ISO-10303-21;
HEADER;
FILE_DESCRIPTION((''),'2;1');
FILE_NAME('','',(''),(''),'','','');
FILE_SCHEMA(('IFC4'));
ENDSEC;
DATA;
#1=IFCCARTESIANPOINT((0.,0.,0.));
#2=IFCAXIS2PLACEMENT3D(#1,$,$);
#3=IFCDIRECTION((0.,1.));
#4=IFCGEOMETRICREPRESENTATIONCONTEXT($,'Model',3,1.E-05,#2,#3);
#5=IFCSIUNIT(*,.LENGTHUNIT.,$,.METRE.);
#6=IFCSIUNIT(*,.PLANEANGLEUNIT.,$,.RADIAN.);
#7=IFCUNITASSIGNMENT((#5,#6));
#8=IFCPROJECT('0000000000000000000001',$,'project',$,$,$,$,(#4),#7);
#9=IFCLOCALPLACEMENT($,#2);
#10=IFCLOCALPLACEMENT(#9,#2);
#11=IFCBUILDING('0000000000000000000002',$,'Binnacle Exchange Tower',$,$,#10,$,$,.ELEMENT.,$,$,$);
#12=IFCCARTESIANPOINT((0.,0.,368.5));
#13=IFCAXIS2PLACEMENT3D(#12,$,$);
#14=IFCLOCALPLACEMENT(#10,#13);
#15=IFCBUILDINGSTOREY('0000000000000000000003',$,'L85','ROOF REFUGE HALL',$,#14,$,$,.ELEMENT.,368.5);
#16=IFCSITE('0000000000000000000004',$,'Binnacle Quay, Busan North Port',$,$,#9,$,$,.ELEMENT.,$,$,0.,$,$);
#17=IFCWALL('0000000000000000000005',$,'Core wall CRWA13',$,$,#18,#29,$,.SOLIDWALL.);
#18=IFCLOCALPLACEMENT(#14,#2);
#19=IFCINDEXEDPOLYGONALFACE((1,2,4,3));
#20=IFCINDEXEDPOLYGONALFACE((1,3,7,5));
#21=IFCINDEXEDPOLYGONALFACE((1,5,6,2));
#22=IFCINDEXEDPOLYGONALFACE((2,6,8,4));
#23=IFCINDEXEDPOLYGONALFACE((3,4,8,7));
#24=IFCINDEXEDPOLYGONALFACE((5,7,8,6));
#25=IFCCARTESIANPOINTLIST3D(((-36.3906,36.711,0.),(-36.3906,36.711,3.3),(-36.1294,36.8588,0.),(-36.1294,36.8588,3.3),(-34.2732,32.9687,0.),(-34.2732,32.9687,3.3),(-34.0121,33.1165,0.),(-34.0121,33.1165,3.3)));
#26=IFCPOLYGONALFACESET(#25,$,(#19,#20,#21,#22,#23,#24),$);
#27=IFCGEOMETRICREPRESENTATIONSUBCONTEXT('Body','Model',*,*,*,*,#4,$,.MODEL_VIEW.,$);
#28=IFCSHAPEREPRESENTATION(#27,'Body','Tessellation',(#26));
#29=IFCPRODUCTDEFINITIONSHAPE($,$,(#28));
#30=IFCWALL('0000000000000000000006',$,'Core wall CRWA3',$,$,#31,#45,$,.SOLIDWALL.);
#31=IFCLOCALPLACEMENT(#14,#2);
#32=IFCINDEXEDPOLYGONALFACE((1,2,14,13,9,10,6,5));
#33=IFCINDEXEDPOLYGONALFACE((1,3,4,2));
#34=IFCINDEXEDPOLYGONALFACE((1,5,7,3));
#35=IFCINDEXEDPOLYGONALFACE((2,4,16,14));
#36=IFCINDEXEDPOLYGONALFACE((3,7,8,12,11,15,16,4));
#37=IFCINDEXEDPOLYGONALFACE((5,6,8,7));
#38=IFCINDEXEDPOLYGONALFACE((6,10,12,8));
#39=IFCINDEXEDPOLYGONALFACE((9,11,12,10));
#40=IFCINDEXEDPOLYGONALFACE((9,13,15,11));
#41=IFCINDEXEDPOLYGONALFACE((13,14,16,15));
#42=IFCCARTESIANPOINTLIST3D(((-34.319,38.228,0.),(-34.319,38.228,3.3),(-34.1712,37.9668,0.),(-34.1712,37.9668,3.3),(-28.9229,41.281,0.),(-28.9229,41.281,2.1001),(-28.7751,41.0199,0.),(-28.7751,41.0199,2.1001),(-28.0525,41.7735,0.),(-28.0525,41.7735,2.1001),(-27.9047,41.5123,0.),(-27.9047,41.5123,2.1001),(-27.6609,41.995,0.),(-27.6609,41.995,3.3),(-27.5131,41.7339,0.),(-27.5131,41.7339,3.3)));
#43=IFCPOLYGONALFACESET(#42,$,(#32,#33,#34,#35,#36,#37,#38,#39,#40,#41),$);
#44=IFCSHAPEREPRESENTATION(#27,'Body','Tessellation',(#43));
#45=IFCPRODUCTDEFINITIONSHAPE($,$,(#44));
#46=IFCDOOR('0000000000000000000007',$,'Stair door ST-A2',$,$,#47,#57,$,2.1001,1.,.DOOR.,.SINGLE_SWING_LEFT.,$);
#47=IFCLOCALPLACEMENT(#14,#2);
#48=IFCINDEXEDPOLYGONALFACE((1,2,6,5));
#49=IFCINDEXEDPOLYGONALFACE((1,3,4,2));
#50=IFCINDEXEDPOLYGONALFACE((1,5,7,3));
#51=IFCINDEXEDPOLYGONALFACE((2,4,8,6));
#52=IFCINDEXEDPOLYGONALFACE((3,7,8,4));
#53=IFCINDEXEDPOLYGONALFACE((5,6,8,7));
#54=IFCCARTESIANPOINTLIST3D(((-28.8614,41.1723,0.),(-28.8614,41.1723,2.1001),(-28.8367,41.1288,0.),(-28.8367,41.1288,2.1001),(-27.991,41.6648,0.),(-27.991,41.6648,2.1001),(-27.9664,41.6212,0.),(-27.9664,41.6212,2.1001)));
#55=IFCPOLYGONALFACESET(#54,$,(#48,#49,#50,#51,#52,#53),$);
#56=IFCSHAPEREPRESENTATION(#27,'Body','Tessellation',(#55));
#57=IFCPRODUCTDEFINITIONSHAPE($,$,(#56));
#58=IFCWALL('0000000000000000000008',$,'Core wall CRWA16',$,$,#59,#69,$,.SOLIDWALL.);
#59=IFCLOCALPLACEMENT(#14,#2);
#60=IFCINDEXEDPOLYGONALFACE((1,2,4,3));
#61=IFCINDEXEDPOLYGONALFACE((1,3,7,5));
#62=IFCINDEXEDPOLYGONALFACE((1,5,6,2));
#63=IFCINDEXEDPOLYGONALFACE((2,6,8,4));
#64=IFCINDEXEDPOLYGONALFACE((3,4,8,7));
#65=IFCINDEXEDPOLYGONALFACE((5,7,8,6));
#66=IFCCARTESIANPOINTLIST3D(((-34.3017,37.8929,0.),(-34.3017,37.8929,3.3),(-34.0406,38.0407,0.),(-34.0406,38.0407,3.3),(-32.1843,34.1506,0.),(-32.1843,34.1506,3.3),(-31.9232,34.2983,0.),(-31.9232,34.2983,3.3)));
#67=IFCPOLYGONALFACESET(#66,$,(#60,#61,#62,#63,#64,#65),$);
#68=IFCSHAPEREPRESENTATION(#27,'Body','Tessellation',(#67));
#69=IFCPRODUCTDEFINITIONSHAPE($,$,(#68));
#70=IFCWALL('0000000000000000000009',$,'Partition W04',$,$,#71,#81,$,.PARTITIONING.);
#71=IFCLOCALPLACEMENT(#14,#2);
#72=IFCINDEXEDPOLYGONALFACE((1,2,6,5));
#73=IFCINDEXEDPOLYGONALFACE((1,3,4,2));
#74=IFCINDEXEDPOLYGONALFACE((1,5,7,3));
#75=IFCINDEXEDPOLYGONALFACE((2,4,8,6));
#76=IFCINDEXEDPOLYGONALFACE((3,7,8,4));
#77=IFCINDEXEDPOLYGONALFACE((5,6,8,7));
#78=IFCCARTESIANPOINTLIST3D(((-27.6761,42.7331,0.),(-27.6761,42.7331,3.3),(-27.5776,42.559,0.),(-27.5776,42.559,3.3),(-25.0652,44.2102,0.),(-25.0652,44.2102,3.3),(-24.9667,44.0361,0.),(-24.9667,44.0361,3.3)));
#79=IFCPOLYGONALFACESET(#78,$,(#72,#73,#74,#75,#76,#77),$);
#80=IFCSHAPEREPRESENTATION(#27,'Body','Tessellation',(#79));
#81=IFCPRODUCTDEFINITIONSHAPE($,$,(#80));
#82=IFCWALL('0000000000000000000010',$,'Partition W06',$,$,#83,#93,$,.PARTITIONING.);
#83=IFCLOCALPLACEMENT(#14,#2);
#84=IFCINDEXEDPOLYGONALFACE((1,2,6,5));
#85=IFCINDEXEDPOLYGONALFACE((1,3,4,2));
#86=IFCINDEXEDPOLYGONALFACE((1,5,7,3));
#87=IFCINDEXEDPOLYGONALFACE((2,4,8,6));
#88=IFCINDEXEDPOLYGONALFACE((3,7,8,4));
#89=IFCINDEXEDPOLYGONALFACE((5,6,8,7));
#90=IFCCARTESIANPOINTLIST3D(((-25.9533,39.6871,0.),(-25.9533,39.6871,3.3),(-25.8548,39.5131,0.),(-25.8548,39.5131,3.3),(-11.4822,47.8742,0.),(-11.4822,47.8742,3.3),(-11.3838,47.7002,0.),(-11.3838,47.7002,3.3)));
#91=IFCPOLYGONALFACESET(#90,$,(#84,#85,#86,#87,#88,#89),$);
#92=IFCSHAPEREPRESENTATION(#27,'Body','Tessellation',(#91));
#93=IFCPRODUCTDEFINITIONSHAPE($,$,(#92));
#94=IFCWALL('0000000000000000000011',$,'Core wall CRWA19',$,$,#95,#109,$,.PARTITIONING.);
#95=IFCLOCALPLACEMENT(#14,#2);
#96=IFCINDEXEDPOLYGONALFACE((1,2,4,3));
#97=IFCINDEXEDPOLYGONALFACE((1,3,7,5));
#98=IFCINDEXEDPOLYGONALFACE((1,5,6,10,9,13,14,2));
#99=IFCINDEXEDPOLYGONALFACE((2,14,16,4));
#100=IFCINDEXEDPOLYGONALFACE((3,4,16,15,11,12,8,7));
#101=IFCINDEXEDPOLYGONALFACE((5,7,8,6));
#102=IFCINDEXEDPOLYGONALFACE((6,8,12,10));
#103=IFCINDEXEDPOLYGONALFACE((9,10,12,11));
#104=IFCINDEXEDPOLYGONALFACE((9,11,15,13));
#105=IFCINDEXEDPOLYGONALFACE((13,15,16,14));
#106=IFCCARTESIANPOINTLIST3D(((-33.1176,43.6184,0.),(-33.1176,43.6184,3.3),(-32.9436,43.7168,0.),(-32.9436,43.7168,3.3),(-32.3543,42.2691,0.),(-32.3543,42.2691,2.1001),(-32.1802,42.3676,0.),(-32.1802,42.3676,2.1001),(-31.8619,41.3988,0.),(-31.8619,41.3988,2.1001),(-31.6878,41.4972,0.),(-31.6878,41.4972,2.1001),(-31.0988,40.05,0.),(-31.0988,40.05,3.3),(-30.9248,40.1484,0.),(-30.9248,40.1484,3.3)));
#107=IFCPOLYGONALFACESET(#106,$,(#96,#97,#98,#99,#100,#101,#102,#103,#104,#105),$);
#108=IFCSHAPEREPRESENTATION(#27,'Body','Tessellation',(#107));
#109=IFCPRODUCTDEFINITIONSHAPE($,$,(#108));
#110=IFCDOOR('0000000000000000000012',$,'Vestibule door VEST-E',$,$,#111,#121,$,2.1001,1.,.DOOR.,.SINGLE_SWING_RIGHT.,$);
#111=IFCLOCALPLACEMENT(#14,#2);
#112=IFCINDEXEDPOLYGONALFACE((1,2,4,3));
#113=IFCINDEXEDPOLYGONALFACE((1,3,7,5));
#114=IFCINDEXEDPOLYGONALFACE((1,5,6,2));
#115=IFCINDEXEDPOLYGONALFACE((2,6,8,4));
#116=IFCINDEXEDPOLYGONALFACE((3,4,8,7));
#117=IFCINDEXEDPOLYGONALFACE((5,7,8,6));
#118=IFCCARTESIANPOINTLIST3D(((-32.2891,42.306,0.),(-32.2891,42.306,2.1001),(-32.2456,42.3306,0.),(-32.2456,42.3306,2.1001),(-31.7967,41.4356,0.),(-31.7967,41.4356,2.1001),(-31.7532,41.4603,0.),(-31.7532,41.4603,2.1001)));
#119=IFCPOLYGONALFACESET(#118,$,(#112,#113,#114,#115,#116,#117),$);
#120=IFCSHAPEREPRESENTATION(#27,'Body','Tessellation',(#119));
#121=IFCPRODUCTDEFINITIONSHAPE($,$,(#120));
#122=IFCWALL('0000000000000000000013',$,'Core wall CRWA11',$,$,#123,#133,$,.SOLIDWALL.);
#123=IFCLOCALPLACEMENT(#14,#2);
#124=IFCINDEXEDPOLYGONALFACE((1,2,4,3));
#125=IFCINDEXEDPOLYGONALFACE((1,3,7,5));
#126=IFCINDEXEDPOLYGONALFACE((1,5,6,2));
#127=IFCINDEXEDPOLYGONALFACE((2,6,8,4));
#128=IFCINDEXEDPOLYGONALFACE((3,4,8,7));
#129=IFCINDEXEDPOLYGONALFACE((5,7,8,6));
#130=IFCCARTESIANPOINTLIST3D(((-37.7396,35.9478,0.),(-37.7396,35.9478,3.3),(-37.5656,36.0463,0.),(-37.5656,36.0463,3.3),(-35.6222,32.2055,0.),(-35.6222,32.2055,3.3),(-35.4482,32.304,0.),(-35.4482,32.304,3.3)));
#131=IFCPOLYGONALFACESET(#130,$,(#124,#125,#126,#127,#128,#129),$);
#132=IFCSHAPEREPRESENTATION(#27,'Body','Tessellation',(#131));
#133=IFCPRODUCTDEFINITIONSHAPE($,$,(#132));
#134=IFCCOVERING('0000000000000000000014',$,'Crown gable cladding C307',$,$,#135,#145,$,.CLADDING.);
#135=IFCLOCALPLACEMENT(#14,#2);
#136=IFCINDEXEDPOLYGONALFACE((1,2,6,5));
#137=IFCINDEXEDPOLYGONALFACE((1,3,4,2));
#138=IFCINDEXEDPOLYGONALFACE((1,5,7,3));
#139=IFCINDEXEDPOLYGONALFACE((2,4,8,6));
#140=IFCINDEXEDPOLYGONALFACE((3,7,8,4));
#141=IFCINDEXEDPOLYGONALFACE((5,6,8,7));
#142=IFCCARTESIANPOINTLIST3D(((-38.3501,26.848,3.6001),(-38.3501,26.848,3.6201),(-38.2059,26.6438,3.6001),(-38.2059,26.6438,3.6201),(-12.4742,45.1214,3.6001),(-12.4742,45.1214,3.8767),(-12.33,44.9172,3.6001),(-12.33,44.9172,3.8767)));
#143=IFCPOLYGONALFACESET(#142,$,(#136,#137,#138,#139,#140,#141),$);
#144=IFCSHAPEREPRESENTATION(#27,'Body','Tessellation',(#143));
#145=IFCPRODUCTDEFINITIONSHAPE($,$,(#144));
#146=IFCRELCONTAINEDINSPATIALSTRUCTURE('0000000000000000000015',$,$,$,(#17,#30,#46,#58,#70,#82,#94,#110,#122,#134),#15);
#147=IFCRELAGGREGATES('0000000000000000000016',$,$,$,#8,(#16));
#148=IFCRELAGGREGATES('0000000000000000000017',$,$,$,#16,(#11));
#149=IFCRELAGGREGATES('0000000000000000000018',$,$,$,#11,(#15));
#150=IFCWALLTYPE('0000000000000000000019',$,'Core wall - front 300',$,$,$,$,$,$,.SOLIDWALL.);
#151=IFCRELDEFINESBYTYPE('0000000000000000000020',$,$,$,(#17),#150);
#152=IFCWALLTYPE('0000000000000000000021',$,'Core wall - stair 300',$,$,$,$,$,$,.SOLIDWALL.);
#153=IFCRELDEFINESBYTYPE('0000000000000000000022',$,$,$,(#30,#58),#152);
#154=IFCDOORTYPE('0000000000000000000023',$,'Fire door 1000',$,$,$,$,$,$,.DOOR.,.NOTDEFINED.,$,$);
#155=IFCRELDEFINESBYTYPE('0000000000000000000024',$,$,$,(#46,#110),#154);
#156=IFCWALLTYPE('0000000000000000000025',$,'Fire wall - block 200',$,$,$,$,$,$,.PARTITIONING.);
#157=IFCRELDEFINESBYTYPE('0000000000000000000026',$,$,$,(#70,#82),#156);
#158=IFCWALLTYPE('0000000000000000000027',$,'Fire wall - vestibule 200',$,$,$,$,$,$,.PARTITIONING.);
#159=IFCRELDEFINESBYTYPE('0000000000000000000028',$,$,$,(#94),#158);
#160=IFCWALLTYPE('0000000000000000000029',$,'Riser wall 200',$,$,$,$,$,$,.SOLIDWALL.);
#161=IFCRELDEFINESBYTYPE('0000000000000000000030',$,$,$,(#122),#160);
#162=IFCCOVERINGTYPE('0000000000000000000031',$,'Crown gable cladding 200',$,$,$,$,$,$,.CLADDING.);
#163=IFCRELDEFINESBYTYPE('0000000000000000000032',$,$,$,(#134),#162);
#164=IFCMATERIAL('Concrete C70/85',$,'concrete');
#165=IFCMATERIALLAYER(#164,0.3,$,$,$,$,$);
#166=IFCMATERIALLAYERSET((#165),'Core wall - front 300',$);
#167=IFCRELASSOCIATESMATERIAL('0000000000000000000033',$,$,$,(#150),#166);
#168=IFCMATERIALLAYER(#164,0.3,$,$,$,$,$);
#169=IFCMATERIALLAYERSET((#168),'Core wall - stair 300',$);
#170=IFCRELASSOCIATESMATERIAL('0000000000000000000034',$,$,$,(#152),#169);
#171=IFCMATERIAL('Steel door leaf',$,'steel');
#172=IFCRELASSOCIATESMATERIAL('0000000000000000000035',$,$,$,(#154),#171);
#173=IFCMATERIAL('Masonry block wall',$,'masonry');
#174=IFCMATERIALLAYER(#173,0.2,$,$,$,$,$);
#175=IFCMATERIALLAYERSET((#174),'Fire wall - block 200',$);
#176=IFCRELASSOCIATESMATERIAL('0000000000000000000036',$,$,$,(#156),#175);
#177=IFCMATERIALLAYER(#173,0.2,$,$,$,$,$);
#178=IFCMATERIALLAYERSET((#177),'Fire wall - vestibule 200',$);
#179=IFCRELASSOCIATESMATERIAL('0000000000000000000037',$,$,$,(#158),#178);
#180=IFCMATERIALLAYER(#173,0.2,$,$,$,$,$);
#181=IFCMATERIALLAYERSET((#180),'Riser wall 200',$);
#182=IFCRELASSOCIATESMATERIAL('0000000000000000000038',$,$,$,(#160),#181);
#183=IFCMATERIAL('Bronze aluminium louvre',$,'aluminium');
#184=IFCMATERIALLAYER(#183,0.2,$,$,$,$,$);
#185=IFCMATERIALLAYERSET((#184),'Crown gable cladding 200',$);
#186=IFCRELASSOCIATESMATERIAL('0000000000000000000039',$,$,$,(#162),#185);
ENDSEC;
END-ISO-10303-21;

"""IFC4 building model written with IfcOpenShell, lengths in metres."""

from ifc_helpers import new_model, si_unit, direction, frame, frame_2d, origin, place, context, subcontext, project, spatial, polyline, rectangle, outline, extrude, material, layer, layer_set, type_object, element, fill, save


model = new_model("IFC4")

# Units and contexts
model_context = context("Model", 3, precision=1e-05, world=origin(), true_north=direction((0.0, 1.0)))
body_context = subcontext(model_context, "Body", "Model", "MODEL_VIEW")
ifc_project = project(units=[si_unit("LENGTHUNIT", "METRE"), si_unit("PLANEANGLEUNIT", "RADIAN")], contexts=[model_context])

# Site, building, storey
site_placement = place(None, origin())
site = spatial("IfcSite", under=ifc_project, at=site_placement, Name="Binnacle Quay, Busan North Port", CompositionType="ELEMENT", RefElevation=0.0)
building_placement = place(site_placement, origin())
building = spatial("IfcBuilding", under=site, at=building_placement, Name="Binnacle Exchange Tower", CompositionType="ELEMENT")
storey_placement = place(building_placement, frame((0.0, 0.0, 368.5)))
storey = spatial("IfcBuildingStorey", under=building, at=storey_placement, Name="L85", Description="ROOF REFUGE HALL", CompositionType="ELEMENT", Elevation=368.5)

# Shared definitions
ifc_material_1 = material(Name="Concrete C70/85", Category="concrete")
ifc_layer_1 = layer(ifc_material_1, 0.3)
ifc_layer_set_1 = layer_set([ifc_layer_1], Name="Core wall - front 300")
wall_type_1 = type_object("IfcWallType", Name="Core wall - front 300", PredefinedType="SOLIDWALL", material=ifc_layer_set_1)
ifc_material_2 = material(Name="Steel door leaf", Category="steel")

# Wall
wall_1_placement = place(storey_placement, frame((-36.26, 36.7849, 0.0), z_axis=(0.0, 0.0, 1.0), x_axis=(0.492435, -0.870349, 0.0)))
element("IfcWall", 1, at=wall_1_placement, inside=storey, type_object=wall_type_1, Name="Core wall CRWA13", PredefinedType="SOLIDWALL", context=body_context, shape_type="SweptSolid", body=[
    extrude(rectangle(XDim=4.2998, YDim=0.3, at=frame_2d((2.1499, 0.0))), origin(), (0.0, 0.0, 1.0), 3.3),
])

# Wall, opening, door
ifc_layer_2 = layer(ifc_material_1, 0.3)
ifc_layer_set_2 = layer_set([ifc_layer_2], Name="Core wall - stair 300")
wall_type_2 = type_object("IfcWallType", Name="Core wall - stair 300", PredefinedType="SOLIDWALL", material=ifc_layer_set_2)
wall_2_placement = place(storey_placement, frame((-34.2451, 38.0974, 0.0), z_axis=(0.0, 0.0, 1.0), x_axis=(0.870352, 0.492429, 0.0)))
wall_2 = element("IfcWall", 2, at=wall_2_placement, inside=storey, type_object=wall_type_2, Name="Core wall CRWA3", PredefinedType="SOLIDWALL", context=body_context, shape_type="SweptSolid", body=[
    extrude(rectangle(XDim=7.6499, YDim=0.3, at=frame_2d((3.825, 0.0))), origin(), (0.0, 0.0, 1.0), 3.3),
])
opening_1_placement = place(wall_2_placement, frame((6.2, 0.0, 0.0)))
opening_1 = element("IfcOpeningElement", 3, at=opening_1_placement, cuts=wall_2, PredefinedType="OPENING", context=body_context, shape_type="SweptSolid", body=[
    extrude(rectangle(XDim=1.0, YDim=2.1001, at=frame_2d((0.5, 1.05))), frame((0.0, 0.1599, 0.0), z_axis=(0.0, -1.0, 0.0), x_axis=(1.0, 0.0, 0.0)), (0.0, 0.0, 1.0), 0.3201),
])
door_type_1 = type_object("IfcDoorType", Name="Fire door 1000", OperationType="NOTDEFINED", PredefinedType="DOOR", material=ifc_material_2)
door_1_placement = place(opening_1_placement, frame((1.0, 0.0, 0.0), z_axis=(0.0, 0.0, 1.0), x_axis=(-1.0, 0.0, 0.0)))
door_1 = element("IfcDoor", 4, at=door_1_placement, inside=storey, type_object=door_type_1, Name="Stair door ST-A2", OperationType="SINGLE_SWING_LEFT", OverallHeight=2.1001, OverallWidth=1.0, PredefinedType="DOOR", context=body_context, shape_type="SweptSolid", body=[
    extrude(rectangle(XDim=1.0, YDim=2.1001, at=frame_2d((0.5, 1.05))), frame((0.0, 0.0249, 0.0), z_axis=(0.0, -1.0, 0.0), x_axis=(1.0, 0.0, 0.0)), (0.0, 0.0, 1.0), 0.05),
])
fill(opening_1, door_1)

# Walls
wall_3_placement = place(storey_placement, frame((-34.1711, 37.9668, 0.0), z_axis=(0.0, 0.0, 1.0), x_axis=(0.492435, -0.870349, 0.0)))
element("IfcWall", 5, at=wall_3_placement, inside=storey, type_object=wall_type_2, Name="Core wall CRWA16", PredefinedType="SOLIDWALL", context=body_context, shape_type="SweptSolid", body=[
    extrude(rectangle(XDim=4.2998, YDim=0.3, at=frame_2d((2.1499, 0.0))), origin(), (0.0, 0.0, 1.0), 3.3),
])
ifc_material_3 = material(Name="Masonry block wall", Category="masonry")
ifc_layer_3 = layer(ifc_material_3, 0.2)
ifc_layer_set_3 = layer_set([ifc_layer_3], Name="Fire wall - block 200")
wall_type_3 = type_object("IfcWallType", Name="Fire wall - block 200", PredefinedType="PARTITIONING", material=ifc_layer_set_3)
wall_4_placement = place(storey_placement, frame((-27.627, 42.646, 0.0), z_axis=(0.0, 0.0, 1.0), x_axis=(0.870369, 0.4924, 0.0)))
element("IfcWall", 6, at=wall_4_placement, inside=storey, type_object=wall_type_3, Name="Partition W04", PredefinedType="PARTITIONING", context=body_context, shape_type="SweptSolid", body=[
    extrude(rectangle(XDim=2.9998, YDim=0.2, at=frame_2d((1.5, 0.0))), origin(), (0.0, 0.0, 1.0), 3.3),
])
wall_5_placement = place(storey_placement, frame((-25.9041, 39.6001, 0.0), z_axis=(0.0, 0.0, 1.0), x_axis=(0.870362, 0.492412, 0.0)))
element("IfcWall", 7, at=wall_5_placement, inside=storey, type_object=wall_type_3, Name="Partition W06", PredefinedType="PARTITIONING", context=body_context, shape_type="SweptSolid", body=[
    extrude(rectangle(XDim=16.6265, YDim=0.2, at=frame_2d((8.3132, 0.0))), origin(), (0.0, 0.0, 1.0), 3.3),
])

# Wall, opening, door
ifc_layer_4 = layer(ifc_material_3, 0.2)
ifc_layer_set_4 = layer_set([ifc_layer_4], Name="Fire wall - vestibule 200")
wall_type_4 = type_object("IfcWallType", Name="Fire wall - vestibule 200", PredefinedType="PARTITIONING", material=ifc_layer_set_4)
wall_6_placement = place(storey_placement, frame((-33.0305, 43.6675, 0.0), z_axis=(0.0, 0.0, 1.0), x_axis=(0.492408, -0.870364, 0.0)))
wall_6 = element("IfcWall", 8, at=wall_6_placement, inside=storey, type_object=wall_type_4, Name="Core wall CRWA19", PredefinedType="PARTITIONING", context=body_context, shape_type="SweptSolid", body=[
    extrude(rectangle(XDim=4.0999, YDim=0.2, at=frame_2d((2.0498, 0.0))), origin(), (0.0, 0.0, 1.0), 3.3),
])
opening_2_placement = place(wall_6_placement, frame((1.55, 0.0, 0.0)))
opening_2 = element("IfcOpeningElement", 9, at=opening_2_placement, cuts=wall_6, PredefinedType="OPENING", context=body_context, shape_type="SweptSolid", body=[
    extrude(rectangle(XDim=1.0, YDim=2.1001, at=frame_2d((0.5, 1.05))), frame((0.0, 0.1099, 0.0), z_axis=(0.0, -1.0, 0.0), x_axis=(1.0, 0.0, 0.0)), (0.0, 0.0, 1.0), 0.22),
])
door_2_placement = place(opening_2_placement, origin())
door_2 = element("IfcDoor", 10, at=door_2_placement, inside=storey, type_object=door_type_1, Name="Vestibule door VEST-E", OperationType="SINGLE_SWING_RIGHT", OverallHeight=2.1001, OverallWidth=1.0, PredefinedType="DOOR", context=body_context, shape_type="SweptSolid", body=[
    extrude(rectangle(XDim=1.0, YDim=2.1001, at=frame_2d((0.5, 1.05))), frame((0.0, 0.0249, 0.0), z_axis=(0.0, -1.0, 0.0), x_axis=(1.0, 0.0, 0.0)), (0.0, 0.0, 1.0), 0.05),
])
fill(opening_2, door_2)

# Wall
ifc_layer_5 = layer(ifc_material_3, 0.2)
ifc_layer_set_5 = layer_set([ifc_layer_5], Name="Riser wall 200")
wall_type_5 = type_object("IfcWallType", Name="Riser wall 200", PredefinedType="SOLIDWALL", material=ifc_layer_set_5)
wall_7_placement = place(storey_placement, frame((-37.6526, 35.9971, 0.0), z_axis=(0.0, 0.0, 1.0), x_axis=(0.492435, -0.870349, 0.0)))
element("IfcWall", 11, at=wall_7_placement, inside=storey, type_object=wall_type_5, Name="Core wall CRWA11", PredefinedType="SOLIDWALL", context=body_context, shape_type="SweptSolid", body=[
    extrude(rectangle(XDim=4.2998, YDim=0.2, at=frame_2d((2.1499, 0.0))), origin(), (0.0, 0.0, 1.0), 3.3),
])

# Covering
ifc_material_4 = material(Name="Bronze aluminium louvre", Category="aluminium")
ifc_layer_6 = layer(ifc_material_4, 0.2)
ifc_layer_set_6 = layer_set([ifc_layer_6], Name="Crown gable cladding 200")
covering_type = type_object("IfcCoveringType", Name="Crown gable cladding 200", PredefinedType="CLADDING", material=ifc_layer_set_6)
covering_placement = place(storey_placement, frame((-12.4021, 45.0193, 3.6001), z_axis=(0.0, 0.0, 1.0), x_axis=(-0.816848, -0.576853, 0.0)))
element("IfcCovering", 12, at=covering_placement, inside=storey, type_object=covering_type, Name="Crown gable cladding C307", PredefinedType="CLADDING", context=body_context, shape_type="SweptSolid", body=[
    extrude(outline(polyline([(0.0, 0.0), (31.6777, 0.0), (31.6777, 0.02), (0.0, 0.2766), (0.0, 0.0)])), frame((0.0, 0.125, 0.0), z_axis=(0.0, -1.0, 0.0), x_axis=(1.0, 0.0, 0.0)), (0.0, 0.0, 1.0), 0.25),
])

save(model, "model.ifc")
